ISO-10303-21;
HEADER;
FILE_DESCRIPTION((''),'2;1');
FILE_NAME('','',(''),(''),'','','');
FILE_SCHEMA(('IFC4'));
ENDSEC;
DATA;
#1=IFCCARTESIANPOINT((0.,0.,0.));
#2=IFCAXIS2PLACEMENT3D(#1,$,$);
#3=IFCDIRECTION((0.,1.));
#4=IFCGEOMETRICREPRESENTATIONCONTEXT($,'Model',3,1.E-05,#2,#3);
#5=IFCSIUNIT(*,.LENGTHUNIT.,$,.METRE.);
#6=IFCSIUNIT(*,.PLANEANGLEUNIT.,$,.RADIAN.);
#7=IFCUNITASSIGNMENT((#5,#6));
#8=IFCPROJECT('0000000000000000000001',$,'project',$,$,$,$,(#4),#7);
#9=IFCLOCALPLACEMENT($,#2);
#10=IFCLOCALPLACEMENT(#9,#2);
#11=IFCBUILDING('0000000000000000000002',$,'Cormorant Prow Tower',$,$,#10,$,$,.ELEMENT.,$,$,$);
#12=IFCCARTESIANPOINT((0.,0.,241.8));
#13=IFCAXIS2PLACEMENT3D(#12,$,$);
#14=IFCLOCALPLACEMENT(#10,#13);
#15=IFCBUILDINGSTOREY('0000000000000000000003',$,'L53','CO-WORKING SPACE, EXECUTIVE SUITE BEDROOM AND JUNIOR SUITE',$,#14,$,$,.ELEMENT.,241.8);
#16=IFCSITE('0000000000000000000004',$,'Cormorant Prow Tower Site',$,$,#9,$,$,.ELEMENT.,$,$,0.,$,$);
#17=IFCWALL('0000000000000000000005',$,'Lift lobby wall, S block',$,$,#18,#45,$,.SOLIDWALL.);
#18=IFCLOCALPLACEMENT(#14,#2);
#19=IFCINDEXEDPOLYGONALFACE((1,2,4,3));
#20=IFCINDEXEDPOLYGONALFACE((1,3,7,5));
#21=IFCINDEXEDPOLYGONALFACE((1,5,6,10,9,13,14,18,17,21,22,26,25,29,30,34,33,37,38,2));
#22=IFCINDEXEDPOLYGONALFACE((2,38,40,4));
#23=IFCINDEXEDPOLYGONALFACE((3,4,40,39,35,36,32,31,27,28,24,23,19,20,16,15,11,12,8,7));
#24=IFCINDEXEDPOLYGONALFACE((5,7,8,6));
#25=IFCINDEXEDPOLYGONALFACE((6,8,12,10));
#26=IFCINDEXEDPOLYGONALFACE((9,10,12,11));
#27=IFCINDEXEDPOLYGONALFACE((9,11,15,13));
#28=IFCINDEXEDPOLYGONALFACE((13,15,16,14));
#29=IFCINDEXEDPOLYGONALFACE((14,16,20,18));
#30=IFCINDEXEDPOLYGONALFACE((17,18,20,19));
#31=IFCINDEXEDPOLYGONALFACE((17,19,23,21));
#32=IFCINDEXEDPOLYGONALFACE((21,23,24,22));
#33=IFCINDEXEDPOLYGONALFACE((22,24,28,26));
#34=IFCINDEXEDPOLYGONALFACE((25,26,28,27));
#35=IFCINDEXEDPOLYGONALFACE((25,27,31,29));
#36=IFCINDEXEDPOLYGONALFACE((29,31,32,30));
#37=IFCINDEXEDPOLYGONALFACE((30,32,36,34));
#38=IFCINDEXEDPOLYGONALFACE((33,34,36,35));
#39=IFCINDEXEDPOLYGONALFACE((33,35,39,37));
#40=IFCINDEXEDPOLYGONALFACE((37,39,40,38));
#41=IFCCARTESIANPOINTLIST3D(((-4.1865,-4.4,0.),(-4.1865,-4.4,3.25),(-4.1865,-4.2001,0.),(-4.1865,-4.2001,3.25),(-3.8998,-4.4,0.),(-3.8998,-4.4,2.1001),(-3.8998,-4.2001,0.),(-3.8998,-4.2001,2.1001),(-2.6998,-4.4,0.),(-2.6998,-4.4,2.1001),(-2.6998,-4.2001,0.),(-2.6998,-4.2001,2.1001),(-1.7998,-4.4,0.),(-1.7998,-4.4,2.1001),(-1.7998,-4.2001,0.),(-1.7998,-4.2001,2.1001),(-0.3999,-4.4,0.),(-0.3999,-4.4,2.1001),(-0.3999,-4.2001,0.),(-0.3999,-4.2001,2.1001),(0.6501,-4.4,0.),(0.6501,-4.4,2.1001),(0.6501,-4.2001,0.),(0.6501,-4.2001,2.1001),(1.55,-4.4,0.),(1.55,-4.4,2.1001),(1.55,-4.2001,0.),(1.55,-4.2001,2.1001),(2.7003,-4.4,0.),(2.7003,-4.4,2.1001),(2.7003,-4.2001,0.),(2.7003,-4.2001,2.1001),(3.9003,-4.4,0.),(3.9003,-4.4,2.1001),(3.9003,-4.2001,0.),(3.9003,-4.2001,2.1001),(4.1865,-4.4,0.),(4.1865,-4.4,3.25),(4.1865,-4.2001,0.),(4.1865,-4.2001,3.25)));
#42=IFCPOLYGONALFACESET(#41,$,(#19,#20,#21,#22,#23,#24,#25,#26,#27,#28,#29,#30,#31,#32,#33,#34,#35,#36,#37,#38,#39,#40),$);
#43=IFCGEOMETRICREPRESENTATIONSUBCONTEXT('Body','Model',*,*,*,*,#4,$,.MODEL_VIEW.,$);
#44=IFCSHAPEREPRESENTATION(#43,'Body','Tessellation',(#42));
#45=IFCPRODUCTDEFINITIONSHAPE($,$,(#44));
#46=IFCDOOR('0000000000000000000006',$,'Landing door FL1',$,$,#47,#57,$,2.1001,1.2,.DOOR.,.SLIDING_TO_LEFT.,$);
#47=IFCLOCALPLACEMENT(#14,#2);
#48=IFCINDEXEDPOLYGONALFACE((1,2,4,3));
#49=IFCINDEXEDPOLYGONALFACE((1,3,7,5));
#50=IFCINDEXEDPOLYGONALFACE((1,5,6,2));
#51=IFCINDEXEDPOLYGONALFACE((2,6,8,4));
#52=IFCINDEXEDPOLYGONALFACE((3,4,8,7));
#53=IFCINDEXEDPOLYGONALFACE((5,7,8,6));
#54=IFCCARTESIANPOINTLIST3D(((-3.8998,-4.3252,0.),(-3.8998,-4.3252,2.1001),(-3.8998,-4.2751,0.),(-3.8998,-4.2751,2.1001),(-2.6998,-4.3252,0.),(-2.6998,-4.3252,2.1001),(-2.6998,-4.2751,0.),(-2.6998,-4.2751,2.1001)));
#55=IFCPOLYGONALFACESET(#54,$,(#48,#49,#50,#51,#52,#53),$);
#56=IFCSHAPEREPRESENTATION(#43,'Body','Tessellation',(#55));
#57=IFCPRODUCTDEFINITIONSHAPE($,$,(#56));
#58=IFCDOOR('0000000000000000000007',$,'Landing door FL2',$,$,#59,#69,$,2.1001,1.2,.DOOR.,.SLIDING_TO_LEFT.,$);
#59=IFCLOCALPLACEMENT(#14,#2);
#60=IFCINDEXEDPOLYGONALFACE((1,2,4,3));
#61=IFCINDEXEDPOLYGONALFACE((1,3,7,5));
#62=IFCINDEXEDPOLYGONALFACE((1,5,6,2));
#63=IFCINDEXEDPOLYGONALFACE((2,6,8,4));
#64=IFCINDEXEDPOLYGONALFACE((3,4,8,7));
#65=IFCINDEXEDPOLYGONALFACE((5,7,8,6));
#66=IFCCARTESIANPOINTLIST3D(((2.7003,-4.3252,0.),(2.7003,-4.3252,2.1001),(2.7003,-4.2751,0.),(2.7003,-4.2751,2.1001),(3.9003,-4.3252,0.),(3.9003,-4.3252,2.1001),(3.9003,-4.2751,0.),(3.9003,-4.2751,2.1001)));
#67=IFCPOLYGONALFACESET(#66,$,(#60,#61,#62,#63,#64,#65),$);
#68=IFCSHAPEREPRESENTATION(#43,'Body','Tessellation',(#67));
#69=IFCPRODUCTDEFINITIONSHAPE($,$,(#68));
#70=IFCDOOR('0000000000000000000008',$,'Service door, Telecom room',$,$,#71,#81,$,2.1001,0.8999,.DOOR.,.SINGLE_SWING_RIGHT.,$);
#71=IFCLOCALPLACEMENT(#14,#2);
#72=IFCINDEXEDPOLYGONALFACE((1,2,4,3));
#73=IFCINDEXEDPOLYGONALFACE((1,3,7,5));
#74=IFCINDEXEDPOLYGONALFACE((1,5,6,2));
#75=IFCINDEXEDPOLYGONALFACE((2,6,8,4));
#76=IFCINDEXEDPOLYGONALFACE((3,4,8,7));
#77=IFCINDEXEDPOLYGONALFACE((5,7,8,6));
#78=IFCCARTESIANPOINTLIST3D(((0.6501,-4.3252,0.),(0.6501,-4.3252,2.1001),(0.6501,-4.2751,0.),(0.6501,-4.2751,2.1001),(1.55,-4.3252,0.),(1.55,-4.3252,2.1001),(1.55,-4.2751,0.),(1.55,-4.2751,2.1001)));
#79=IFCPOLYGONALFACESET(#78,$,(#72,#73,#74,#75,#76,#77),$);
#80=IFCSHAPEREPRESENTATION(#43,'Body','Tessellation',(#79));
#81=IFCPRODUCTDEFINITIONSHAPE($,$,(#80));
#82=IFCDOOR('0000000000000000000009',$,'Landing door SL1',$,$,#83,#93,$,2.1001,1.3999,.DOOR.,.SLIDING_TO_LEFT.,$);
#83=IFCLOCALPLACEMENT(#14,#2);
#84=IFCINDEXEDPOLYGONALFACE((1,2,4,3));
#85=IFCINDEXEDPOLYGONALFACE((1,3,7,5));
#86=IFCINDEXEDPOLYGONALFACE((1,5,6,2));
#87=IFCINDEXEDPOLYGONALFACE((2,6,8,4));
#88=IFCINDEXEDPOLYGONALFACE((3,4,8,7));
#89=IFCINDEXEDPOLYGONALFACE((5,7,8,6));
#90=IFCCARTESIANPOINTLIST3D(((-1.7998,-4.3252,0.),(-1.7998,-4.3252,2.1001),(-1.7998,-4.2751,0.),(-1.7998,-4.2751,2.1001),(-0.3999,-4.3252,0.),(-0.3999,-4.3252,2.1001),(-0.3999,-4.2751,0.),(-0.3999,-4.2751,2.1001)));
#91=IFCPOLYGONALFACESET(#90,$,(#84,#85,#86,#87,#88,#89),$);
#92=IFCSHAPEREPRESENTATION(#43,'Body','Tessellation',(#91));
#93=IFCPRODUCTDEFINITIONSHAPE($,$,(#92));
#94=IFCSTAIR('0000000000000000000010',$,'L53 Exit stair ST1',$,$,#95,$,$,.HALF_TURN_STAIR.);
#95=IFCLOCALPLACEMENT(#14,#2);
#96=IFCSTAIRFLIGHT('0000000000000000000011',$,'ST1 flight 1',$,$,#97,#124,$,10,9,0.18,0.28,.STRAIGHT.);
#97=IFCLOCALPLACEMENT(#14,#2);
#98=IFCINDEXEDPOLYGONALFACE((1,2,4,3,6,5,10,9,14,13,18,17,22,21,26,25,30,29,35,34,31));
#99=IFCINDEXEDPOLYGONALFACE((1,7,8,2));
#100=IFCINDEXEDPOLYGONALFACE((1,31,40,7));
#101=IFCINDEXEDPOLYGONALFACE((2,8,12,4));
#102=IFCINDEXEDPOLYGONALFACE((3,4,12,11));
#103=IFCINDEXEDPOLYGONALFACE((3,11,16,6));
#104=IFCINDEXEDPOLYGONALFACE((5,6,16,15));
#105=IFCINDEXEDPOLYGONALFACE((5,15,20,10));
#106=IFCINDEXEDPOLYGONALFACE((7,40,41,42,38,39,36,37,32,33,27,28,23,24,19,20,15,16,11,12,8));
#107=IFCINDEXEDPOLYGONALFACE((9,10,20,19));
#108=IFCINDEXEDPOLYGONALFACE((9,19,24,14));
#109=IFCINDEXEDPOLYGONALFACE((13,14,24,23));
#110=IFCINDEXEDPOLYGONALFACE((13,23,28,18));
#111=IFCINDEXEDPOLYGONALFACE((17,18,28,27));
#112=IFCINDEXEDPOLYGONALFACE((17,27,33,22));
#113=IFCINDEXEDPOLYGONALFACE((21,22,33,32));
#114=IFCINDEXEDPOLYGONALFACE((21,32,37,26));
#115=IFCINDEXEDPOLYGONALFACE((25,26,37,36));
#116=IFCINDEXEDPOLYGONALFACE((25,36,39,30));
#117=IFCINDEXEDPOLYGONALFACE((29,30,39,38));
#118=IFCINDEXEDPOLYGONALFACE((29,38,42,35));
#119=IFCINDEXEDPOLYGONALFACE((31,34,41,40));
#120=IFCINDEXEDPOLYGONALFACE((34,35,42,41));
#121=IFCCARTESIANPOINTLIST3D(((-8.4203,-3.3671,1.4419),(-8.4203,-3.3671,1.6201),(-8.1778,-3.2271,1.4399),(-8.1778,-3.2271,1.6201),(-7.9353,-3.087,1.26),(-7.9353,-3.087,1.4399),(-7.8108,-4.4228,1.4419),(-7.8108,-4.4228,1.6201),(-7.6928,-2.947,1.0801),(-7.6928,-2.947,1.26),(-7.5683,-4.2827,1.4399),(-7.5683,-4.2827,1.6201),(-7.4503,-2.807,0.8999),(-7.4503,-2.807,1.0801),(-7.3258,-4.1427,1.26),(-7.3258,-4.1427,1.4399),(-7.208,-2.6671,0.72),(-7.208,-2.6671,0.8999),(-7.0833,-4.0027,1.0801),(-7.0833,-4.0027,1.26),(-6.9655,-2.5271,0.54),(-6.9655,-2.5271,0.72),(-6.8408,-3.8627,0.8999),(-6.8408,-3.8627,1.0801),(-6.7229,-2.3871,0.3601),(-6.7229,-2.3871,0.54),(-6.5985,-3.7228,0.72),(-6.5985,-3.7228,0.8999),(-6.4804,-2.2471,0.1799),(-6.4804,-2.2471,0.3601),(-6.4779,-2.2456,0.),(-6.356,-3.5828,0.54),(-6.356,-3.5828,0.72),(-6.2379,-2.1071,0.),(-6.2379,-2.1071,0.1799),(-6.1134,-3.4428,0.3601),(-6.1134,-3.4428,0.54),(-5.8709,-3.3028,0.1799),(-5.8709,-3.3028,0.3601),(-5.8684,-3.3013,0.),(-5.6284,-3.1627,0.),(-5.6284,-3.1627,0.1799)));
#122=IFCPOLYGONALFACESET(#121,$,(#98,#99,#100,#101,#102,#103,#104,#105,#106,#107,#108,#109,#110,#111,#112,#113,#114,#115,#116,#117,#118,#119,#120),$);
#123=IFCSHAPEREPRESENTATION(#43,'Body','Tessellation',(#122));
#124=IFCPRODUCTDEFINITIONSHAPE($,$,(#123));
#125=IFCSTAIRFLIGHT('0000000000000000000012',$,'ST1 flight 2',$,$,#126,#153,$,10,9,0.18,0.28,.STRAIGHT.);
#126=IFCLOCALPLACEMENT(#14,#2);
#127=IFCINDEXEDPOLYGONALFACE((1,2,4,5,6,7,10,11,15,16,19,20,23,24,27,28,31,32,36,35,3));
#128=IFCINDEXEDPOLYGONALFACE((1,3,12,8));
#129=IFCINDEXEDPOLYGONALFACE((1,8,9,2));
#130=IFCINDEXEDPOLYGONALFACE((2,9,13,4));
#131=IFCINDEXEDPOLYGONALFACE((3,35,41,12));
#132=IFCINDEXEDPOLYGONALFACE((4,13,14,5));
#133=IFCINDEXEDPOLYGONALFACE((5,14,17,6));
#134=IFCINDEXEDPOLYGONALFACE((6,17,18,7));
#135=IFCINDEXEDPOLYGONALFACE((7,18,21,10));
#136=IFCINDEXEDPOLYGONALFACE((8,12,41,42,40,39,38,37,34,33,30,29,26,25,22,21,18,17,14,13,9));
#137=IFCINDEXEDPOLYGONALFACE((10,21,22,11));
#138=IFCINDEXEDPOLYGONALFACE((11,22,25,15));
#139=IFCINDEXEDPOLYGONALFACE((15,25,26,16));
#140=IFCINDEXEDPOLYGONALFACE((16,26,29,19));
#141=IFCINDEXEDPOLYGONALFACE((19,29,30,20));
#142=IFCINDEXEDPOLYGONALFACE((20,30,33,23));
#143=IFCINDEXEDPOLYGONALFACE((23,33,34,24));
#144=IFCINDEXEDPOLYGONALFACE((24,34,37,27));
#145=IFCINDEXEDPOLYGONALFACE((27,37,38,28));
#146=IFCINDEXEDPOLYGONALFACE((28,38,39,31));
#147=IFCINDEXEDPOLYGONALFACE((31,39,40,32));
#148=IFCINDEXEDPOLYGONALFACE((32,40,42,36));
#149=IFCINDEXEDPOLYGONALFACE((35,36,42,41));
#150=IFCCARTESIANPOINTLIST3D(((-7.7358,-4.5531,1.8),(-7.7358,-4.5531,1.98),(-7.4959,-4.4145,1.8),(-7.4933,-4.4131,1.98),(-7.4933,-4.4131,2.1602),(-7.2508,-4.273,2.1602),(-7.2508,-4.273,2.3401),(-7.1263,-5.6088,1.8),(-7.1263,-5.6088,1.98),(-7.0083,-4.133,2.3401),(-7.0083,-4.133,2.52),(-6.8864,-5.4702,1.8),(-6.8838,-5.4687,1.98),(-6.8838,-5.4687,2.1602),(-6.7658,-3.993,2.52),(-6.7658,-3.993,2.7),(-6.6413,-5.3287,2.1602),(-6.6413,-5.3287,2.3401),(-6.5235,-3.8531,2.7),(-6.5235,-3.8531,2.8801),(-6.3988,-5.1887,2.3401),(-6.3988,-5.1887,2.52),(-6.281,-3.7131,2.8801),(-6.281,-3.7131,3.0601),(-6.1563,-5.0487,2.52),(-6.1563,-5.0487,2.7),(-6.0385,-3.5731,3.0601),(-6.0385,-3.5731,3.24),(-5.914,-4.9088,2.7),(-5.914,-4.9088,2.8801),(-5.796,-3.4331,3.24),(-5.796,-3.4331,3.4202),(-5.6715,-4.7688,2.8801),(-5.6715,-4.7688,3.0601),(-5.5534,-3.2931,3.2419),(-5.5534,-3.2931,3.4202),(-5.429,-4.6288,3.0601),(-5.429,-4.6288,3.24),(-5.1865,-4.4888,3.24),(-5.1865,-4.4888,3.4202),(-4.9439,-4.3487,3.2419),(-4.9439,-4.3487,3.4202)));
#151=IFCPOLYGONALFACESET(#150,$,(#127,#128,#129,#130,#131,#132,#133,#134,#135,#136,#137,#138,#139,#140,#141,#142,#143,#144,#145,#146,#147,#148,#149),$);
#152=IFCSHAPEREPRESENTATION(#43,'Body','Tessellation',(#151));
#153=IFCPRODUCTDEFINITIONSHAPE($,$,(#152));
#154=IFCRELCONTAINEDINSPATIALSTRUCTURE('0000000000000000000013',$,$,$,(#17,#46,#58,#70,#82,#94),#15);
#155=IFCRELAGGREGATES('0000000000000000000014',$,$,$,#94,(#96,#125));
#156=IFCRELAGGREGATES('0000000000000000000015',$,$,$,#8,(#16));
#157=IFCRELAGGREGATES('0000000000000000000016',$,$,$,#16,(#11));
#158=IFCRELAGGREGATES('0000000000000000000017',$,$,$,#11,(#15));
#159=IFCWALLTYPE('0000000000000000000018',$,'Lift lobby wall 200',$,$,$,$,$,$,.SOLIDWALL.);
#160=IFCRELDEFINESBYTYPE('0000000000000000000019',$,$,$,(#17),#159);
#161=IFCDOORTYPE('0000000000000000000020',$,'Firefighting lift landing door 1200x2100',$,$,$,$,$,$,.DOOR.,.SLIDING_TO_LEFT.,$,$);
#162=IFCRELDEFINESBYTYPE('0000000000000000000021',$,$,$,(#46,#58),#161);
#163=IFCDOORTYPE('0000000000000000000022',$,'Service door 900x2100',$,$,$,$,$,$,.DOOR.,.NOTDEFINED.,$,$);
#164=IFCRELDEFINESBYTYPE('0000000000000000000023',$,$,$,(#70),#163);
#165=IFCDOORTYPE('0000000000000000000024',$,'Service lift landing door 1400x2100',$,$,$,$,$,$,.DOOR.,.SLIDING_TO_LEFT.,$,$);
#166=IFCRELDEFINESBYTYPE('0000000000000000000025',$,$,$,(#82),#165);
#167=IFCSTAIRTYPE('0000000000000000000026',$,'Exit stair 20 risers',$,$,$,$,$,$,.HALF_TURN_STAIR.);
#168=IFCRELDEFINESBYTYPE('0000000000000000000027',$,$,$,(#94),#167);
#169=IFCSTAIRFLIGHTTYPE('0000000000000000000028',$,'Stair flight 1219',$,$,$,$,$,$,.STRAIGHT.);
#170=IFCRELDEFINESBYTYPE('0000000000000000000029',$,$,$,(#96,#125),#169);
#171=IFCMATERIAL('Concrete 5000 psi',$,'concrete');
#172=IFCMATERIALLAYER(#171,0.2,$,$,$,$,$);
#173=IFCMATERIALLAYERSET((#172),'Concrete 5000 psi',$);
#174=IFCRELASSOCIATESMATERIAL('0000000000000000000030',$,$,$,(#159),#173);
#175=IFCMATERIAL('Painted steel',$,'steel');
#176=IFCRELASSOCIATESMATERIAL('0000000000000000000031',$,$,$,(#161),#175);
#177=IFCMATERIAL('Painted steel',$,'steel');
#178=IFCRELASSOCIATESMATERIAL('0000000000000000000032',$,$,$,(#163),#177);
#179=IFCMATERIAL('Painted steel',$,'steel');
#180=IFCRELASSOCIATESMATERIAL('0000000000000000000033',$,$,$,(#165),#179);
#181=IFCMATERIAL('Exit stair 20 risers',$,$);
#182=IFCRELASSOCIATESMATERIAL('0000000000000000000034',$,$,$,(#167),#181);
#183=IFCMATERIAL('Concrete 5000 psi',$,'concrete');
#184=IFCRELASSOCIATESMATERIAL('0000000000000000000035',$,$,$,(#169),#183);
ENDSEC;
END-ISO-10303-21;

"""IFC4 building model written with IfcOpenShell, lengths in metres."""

from ifc_helpers import new_model, si_unit, direction, frame, frame_2d, origin, place, context, subcontext, project, spatial, polyline, rectangle, outline, extrude, material, layer, layer_set, type_object, element, fill, aggregate, save


model = new_model("IFC4")

# Units and contexts
model_context = context("Model", 3, precision=1e-05, world=origin(), true_north=direction((0.0, 1.0)))
body_context = subcontext(model_context, "Body", "Model", "MODEL_VIEW")
ifc_project = project(units=[si_unit("LENGTHUNIT", "METRE"), si_unit("PLANEANGLEUNIT", "RADIAN")], contexts=[model_context])

# Site, building, storey
site_placement = place(None, origin())
site = spatial("IfcSite", under=ifc_project, at=site_placement, Name="Cormorant Prow Tower Site", CompositionType="ELEMENT", RefElevation=0.0)
building_placement = place(site_placement, origin())
building = spatial("IfcBuilding", under=site, at=building_placement, Name="Cormorant Prow Tower", CompositionType="ELEMENT")
storey_placement = place(building_placement, frame((0.0, 0.0, 241.8)))
storey = spatial("IfcBuildingStorey", under=building, at=storey_placement, Name="L53", Description="CO-WORKING SPACE, EXECUTIVE SUITE BEDROOM AND JUNIOR SUITE", CompositionType="ELEMENT", Elevation=241.8)

# Wall, openings, doors
ifc_material_1 = material(Name="Concrete 5000 psi", Category="concrete")
ifc_layer_1 = layer(ifc_material_1, 0.2)
ifc_layer_set_1 = layer_set([ifc_layer_1], Name="Concrete 5000 psi")
wall_type_1 = type_object("IfcWallType", Name="Lift lobby wall 200", PredefinedType="SOLIDWALL", material=ifc_layer_set_1)
wall_1_placement = place(storey_placement, frame((-4.1865, -4.3, 0.0), z_axis=(0.0, 0.0, 1.0), x_axis=(1.0, 0.0, 0.0)))
wall_1 = element("IfcWall", 1, at=wall_1_placement, inside=storey, type_object=wall_type_1, Name="Lift lobby wall, S block", PredefinedType="SOLIDWALL", context=body_context, shape_type="SweptSolid", body=[
    extrude(rectangle(XDim=8.373, YDim=0.2, at=frame_2d((4.1865, 0.0))), origin(), (0.0, 0.0, 1.0), 3.25),
])
opening_1_placement = place(wall_1_placement, frame((0.2866, 0.0, 0.0)))
opening_1 = element("IfcOpeningElement", 2, at=opening_1_placement, cuts=wall_1, PredefinedType="OPENING", context=body_context, shape_type="SweptSolid", body=[
    extrude(rectangle(XDim=1.2, YDim=2.1001, at=frame_2d((0.6001, 1.05))), frame((0.0, 0.1099, 0.0), z_axis=(0.0, -1.0, 0.0), x_axis=(1.0, 0.0, 0.0)), (0.0, 0.0, 1.0), 0.22),
])
opening_2_placement = place(wall_1_placement, frame((2.3867, 0.0, 0.0)))
opening_2 = element("IfcOpeningElement", 3, at=opening_2_placement, cuts=wall_1, PredefinedType="OPENING", context=body_context, shape_type="SweptSolid", body=[
    extrude(rectangle(XDim=1.3999, YDim=2.1001, at=frame_2d((0.7, 1.05))), frame((0.0, 0.1099, 0.0), z_axis=(0.0, -1.0, 0.0), x_axis=(1.0, 0.0, 0.0)), (0.0, 0.0, 1.0), 0.22),
])
opening_3_placement = place(wall_1_placement, frame((4.8367, 0.0, 0.0)))
opening_3 = element("IfcOpeningElement", 4, at=opening_3_placement, cuts=wall_1, PredefinedType="OPENING", context=body_context, shape_type="SweptSolid", body=[
    extrude(rectangle(XDim=0.8999, YDim=2.1001, at=frame_2d((0.45, 1.05))), frame((0.0, 0.1099, 0.0), z_axis=(0.0, -1.0, 0.0), x_axis=(1.0, 0.0, 0.0)), (0.0, 0.0, 1.0), 0.22),
])
opening_4_placement = place(wall_1_placement, frame((6.8867, 0.0, 0.0)))
opening_4 = element("IfcOpeningElement", 5, at=opening_4_placement, cuts=wall_1, PredefinedType="OPENING", context=body_context, shape_type="SweptSolid", body=[
    extrude(rectangle(XDim=1.2, YDim=2.1001, at=frame_2d((0.6001, 1.05))), frame((0.0, 0.1099, 0.0), z_axis=(0.0, -1.0, 0.0), x_axis=(1.0, 0.0, 0.0)), (0.0, 0.0, 1.0), 0.22),
])
ifc_material_2 = material(Name="Painted steel", Category="steel")
door_type_1 = type_object("IfcDoorType", Name="Firefighting lift landing door 1200x2100", OperationType="SLIDING_TO_LEFT", PredefinedType="DOOR", material=ifc_material_2)
door_1_placement = place(opening_1_placement, origin())
door_1 = element("IfcDoor", 6, at=door_1_placement, inside=storey, type_object=door_type_1, Name="Landing door FL1", OperationType="SLIDING_TO_LEFT", OverallHeight=2.1001, OverallWidth=1.2, PredefinedType="DOOR", context=body_context, shape_type="SweptSolid", body=[
    extrude(rectangle(XDim=1.2, YDim=2.1001, at=frame_2d((0.6001, 1.05))), frame((0.0, 0.0249, 0.0), z_axis=(0.0, -1.0, 0.0), x_axis=(1.0, 0.0, 0.0)), (0.0, 0.0, 1.0), 0.05),
])
fill(opening_1, door_1)
door_2_placement = place(opening_4_placement, origin())
door_2 = element("IfcDoor", 7, at=door_2_placement, inside=storey, type_object=door_type_1, Name="Landing door FL2", OperationType="SLIDING_TO_LEFT", OverallHeight=2.1001, OverallWidth=1.2, PredefinedType="DOOR", context=body_context, shape_type="SweptSolid", body=[
    extrude(rectangle(XDim=1.2, YDim=2.1001, at=frame_2d((0.6001, 1.05))), frame((0.0, 0.0249, 0.0), z_axis=(0.0, -1.0, 0.0), x_axis=(1.0, 0.0, 0.0)), (0.0, 0.0, 1.0), 0.05),
])
fill(opening_4, door_2)
ifc_material_3 = material(Name="Painted steel", Category="steel")
door_type_2 = type_object("IfcDoorType", Name="Service door 900x2100", OperationType="NOTDEFINED", PredefinedType="DOOR", material=ifc_material_3)
door_3_placement = place(opening_3_placement, origin())
door_3 = element("IfcDoor", 8, at=door_3_placement, inside=storey, type_object=door_type_2, Name="Service door, Telecom room", OperationType="SINGLE_SWING_RIGHT", OverallHeight=2.1001, OverallWidth=0.8999, PredefinedType="DOOR", context=body_context, shape_type="SweptSolid", body=[
    extrude(rectangle(XDim=0.8999, YDim=2.1001, at=frame_2d((0.45, 1.05))), frame((0.0, 0.0249, 0.0), z_axis=(0.0, -1.0, 0.0), x_axis=(1.0, 0.0, 0.0)), (0.0, 0.0, 1.0), 0.05),
])
fill(opening_3, door_3)
ifc_material_4 = material(Name="Painted steel", Category="steel")
door_type_3 = type_object("IfcDoorType", Name="Service lift landing door 1400x2100", OperationType="SLIDING_TO_LEFT", PredefinedType="DOOR", material=ifc_material_4)
door_4_placement = place(opening_2_placement, origin())
door_4 = element("IfcDoor", 9, at=door_4_placement, inside=storey, type_object=door_type_3, Name="Landing door SL1", OperationType="SLIDING_TO_LEFT", OverallHeight=2.1001, OverallWidth=1.3999, PredefinedType="DOOR", context=body_context, shape_type="SweptSolid", body=[
    extrude(rectangle(XDim=1.3999, YDim=2.1001, at=frame_2d((0.7, 1.05))), frame((0.0, 0.0249, 0.0), z_axis=(0.0, -1.0, 0.0), x_axis=(1.0, 0.0, 0.0)), (0.0, 0.0, 1.0), 0.05),
])
fill(opening_2, door_4)

# Stair, stair flights
ifc_material_5 = material(Name="Exit stair 20 risers")
stair_type = type_object("IfcStairType", Name="Exit stair 20 risers", PredefinedType="HALF_TURN_STAIR", material=ifc_material_5)
stair_placement = place(storey_placement, origin())
stair = element("IfcStair", 10, at=stair_placement, inside=storey, type_object=stair_type, Name="L53 Exit stair ST1", PredefinedType="HALF_TURN_STAIR")
ifc_material_6 = material(Name="Concrete 5000 psi", Category="concrete")
stair_flight_type = type_object("IfcStairFlightType", Name="Stair flight 1219", PredefinedType="STRAIGHT", material=ifc_material_6)
stair_flight_1_placement = place(storey_placement, frame((-5.9331, -2.635, 0.0), z_axis=(0.0, 0.0, 1.0), x_axis=(-0.866025, -0.5, 0.0)))
stair_flight_1 = element("IfcStairFlight", 11, at=stair_flight_1_placement, type_object=stair_flight_type, Name="ST1 flight 1", NumberOfRisers=10, NumberOfTreads=9, PredefinedType="STRAIGHT", RiserHeight=0.18, TreadLength=0.28, context=body_context, shape_type="SweptSolid", body=[
    extrude(outline(polyline([(0.0, 0.0), (0.0, 0.1799), (0.28, 0.1799), (0.28, 0.3601), (0.5601, 0.3601), (0.5601, 0.54), (0.8401, 0.54), (0.8401, 0.72), (1.1201, 0.72), (1.1201, 0.8999), (1.3999, 0.8999), (1.3999, 1.0801), (1.6799, 1.0801), (1.6799, 1.26), (1.96, 1.26), (1.96, 1.4399), (2.24, 1.4399), (2.24, 1.6201), (2.52, 1.6201), (2.52, 1.8), (2.52, 1.4419), (0.2771, 0.0), (0.0, 0.0)])), frame((0.0, 0.6094, 0.0), z_axis=(0.0, -1.0, 0.0), x_axis=(1.0, 0.0, 0.0)), (0.0, 0.0, 1.0), 1.219),
])
stair_flight_2_placement = place(storey_placement, frame((-7.4312, -5.0808, 1.8), z_axis=(0.0, 0.0, 1.0), x_axis=(0.866025, 0.5, 0.0)))
stair_flight_2 = element("IfcStairFlight", 12, at=stair_flight_2_placement, type_object=stair_flight_type, Name="ST1 flight 2", NumberOfRisers=10, NumberOfTreads=9, PredefinedType="STRAIGHT", RiserHeight=0.18, TreadLength=0.28, context=body_context, shape_type="SweptSolid", body=[
    extrude(outline(polyline([(0.0, 0.0), (0.0, 0.1799), (0.28, 0.1799), (0.28, 0.3601), (0.5601, 0.3601), (0.5601, 0.54), (0.8401, 0.54), (0.8401, 0.72), (1.1201, 0.72), (1.1201, 0.8999), (1.3999, 0.8999), (1.3999, 1.0801), (1.6799, 1.0801), (1.6799, 1.26), (1.96, 1.26), (1.96, 1.4399), (2.24, 1.4399), (2.24, 1.6201), (2.52, 1.6201), (2.52, 1.8), (2.52, 1.4419), (0.2771, 0.0), (0.0, 0.0)])), frame((0.0, 0.6094, 0.0), z_axis=(0.0, -1.0, 0.0), x_axis=(1.0, 0.0, 0.0)), (0.0, 0.0, 1.0), 1.219),
])
aggregate(stair, [stair_flight_1, stair_flight_2])

save(model, "model.ifc")
